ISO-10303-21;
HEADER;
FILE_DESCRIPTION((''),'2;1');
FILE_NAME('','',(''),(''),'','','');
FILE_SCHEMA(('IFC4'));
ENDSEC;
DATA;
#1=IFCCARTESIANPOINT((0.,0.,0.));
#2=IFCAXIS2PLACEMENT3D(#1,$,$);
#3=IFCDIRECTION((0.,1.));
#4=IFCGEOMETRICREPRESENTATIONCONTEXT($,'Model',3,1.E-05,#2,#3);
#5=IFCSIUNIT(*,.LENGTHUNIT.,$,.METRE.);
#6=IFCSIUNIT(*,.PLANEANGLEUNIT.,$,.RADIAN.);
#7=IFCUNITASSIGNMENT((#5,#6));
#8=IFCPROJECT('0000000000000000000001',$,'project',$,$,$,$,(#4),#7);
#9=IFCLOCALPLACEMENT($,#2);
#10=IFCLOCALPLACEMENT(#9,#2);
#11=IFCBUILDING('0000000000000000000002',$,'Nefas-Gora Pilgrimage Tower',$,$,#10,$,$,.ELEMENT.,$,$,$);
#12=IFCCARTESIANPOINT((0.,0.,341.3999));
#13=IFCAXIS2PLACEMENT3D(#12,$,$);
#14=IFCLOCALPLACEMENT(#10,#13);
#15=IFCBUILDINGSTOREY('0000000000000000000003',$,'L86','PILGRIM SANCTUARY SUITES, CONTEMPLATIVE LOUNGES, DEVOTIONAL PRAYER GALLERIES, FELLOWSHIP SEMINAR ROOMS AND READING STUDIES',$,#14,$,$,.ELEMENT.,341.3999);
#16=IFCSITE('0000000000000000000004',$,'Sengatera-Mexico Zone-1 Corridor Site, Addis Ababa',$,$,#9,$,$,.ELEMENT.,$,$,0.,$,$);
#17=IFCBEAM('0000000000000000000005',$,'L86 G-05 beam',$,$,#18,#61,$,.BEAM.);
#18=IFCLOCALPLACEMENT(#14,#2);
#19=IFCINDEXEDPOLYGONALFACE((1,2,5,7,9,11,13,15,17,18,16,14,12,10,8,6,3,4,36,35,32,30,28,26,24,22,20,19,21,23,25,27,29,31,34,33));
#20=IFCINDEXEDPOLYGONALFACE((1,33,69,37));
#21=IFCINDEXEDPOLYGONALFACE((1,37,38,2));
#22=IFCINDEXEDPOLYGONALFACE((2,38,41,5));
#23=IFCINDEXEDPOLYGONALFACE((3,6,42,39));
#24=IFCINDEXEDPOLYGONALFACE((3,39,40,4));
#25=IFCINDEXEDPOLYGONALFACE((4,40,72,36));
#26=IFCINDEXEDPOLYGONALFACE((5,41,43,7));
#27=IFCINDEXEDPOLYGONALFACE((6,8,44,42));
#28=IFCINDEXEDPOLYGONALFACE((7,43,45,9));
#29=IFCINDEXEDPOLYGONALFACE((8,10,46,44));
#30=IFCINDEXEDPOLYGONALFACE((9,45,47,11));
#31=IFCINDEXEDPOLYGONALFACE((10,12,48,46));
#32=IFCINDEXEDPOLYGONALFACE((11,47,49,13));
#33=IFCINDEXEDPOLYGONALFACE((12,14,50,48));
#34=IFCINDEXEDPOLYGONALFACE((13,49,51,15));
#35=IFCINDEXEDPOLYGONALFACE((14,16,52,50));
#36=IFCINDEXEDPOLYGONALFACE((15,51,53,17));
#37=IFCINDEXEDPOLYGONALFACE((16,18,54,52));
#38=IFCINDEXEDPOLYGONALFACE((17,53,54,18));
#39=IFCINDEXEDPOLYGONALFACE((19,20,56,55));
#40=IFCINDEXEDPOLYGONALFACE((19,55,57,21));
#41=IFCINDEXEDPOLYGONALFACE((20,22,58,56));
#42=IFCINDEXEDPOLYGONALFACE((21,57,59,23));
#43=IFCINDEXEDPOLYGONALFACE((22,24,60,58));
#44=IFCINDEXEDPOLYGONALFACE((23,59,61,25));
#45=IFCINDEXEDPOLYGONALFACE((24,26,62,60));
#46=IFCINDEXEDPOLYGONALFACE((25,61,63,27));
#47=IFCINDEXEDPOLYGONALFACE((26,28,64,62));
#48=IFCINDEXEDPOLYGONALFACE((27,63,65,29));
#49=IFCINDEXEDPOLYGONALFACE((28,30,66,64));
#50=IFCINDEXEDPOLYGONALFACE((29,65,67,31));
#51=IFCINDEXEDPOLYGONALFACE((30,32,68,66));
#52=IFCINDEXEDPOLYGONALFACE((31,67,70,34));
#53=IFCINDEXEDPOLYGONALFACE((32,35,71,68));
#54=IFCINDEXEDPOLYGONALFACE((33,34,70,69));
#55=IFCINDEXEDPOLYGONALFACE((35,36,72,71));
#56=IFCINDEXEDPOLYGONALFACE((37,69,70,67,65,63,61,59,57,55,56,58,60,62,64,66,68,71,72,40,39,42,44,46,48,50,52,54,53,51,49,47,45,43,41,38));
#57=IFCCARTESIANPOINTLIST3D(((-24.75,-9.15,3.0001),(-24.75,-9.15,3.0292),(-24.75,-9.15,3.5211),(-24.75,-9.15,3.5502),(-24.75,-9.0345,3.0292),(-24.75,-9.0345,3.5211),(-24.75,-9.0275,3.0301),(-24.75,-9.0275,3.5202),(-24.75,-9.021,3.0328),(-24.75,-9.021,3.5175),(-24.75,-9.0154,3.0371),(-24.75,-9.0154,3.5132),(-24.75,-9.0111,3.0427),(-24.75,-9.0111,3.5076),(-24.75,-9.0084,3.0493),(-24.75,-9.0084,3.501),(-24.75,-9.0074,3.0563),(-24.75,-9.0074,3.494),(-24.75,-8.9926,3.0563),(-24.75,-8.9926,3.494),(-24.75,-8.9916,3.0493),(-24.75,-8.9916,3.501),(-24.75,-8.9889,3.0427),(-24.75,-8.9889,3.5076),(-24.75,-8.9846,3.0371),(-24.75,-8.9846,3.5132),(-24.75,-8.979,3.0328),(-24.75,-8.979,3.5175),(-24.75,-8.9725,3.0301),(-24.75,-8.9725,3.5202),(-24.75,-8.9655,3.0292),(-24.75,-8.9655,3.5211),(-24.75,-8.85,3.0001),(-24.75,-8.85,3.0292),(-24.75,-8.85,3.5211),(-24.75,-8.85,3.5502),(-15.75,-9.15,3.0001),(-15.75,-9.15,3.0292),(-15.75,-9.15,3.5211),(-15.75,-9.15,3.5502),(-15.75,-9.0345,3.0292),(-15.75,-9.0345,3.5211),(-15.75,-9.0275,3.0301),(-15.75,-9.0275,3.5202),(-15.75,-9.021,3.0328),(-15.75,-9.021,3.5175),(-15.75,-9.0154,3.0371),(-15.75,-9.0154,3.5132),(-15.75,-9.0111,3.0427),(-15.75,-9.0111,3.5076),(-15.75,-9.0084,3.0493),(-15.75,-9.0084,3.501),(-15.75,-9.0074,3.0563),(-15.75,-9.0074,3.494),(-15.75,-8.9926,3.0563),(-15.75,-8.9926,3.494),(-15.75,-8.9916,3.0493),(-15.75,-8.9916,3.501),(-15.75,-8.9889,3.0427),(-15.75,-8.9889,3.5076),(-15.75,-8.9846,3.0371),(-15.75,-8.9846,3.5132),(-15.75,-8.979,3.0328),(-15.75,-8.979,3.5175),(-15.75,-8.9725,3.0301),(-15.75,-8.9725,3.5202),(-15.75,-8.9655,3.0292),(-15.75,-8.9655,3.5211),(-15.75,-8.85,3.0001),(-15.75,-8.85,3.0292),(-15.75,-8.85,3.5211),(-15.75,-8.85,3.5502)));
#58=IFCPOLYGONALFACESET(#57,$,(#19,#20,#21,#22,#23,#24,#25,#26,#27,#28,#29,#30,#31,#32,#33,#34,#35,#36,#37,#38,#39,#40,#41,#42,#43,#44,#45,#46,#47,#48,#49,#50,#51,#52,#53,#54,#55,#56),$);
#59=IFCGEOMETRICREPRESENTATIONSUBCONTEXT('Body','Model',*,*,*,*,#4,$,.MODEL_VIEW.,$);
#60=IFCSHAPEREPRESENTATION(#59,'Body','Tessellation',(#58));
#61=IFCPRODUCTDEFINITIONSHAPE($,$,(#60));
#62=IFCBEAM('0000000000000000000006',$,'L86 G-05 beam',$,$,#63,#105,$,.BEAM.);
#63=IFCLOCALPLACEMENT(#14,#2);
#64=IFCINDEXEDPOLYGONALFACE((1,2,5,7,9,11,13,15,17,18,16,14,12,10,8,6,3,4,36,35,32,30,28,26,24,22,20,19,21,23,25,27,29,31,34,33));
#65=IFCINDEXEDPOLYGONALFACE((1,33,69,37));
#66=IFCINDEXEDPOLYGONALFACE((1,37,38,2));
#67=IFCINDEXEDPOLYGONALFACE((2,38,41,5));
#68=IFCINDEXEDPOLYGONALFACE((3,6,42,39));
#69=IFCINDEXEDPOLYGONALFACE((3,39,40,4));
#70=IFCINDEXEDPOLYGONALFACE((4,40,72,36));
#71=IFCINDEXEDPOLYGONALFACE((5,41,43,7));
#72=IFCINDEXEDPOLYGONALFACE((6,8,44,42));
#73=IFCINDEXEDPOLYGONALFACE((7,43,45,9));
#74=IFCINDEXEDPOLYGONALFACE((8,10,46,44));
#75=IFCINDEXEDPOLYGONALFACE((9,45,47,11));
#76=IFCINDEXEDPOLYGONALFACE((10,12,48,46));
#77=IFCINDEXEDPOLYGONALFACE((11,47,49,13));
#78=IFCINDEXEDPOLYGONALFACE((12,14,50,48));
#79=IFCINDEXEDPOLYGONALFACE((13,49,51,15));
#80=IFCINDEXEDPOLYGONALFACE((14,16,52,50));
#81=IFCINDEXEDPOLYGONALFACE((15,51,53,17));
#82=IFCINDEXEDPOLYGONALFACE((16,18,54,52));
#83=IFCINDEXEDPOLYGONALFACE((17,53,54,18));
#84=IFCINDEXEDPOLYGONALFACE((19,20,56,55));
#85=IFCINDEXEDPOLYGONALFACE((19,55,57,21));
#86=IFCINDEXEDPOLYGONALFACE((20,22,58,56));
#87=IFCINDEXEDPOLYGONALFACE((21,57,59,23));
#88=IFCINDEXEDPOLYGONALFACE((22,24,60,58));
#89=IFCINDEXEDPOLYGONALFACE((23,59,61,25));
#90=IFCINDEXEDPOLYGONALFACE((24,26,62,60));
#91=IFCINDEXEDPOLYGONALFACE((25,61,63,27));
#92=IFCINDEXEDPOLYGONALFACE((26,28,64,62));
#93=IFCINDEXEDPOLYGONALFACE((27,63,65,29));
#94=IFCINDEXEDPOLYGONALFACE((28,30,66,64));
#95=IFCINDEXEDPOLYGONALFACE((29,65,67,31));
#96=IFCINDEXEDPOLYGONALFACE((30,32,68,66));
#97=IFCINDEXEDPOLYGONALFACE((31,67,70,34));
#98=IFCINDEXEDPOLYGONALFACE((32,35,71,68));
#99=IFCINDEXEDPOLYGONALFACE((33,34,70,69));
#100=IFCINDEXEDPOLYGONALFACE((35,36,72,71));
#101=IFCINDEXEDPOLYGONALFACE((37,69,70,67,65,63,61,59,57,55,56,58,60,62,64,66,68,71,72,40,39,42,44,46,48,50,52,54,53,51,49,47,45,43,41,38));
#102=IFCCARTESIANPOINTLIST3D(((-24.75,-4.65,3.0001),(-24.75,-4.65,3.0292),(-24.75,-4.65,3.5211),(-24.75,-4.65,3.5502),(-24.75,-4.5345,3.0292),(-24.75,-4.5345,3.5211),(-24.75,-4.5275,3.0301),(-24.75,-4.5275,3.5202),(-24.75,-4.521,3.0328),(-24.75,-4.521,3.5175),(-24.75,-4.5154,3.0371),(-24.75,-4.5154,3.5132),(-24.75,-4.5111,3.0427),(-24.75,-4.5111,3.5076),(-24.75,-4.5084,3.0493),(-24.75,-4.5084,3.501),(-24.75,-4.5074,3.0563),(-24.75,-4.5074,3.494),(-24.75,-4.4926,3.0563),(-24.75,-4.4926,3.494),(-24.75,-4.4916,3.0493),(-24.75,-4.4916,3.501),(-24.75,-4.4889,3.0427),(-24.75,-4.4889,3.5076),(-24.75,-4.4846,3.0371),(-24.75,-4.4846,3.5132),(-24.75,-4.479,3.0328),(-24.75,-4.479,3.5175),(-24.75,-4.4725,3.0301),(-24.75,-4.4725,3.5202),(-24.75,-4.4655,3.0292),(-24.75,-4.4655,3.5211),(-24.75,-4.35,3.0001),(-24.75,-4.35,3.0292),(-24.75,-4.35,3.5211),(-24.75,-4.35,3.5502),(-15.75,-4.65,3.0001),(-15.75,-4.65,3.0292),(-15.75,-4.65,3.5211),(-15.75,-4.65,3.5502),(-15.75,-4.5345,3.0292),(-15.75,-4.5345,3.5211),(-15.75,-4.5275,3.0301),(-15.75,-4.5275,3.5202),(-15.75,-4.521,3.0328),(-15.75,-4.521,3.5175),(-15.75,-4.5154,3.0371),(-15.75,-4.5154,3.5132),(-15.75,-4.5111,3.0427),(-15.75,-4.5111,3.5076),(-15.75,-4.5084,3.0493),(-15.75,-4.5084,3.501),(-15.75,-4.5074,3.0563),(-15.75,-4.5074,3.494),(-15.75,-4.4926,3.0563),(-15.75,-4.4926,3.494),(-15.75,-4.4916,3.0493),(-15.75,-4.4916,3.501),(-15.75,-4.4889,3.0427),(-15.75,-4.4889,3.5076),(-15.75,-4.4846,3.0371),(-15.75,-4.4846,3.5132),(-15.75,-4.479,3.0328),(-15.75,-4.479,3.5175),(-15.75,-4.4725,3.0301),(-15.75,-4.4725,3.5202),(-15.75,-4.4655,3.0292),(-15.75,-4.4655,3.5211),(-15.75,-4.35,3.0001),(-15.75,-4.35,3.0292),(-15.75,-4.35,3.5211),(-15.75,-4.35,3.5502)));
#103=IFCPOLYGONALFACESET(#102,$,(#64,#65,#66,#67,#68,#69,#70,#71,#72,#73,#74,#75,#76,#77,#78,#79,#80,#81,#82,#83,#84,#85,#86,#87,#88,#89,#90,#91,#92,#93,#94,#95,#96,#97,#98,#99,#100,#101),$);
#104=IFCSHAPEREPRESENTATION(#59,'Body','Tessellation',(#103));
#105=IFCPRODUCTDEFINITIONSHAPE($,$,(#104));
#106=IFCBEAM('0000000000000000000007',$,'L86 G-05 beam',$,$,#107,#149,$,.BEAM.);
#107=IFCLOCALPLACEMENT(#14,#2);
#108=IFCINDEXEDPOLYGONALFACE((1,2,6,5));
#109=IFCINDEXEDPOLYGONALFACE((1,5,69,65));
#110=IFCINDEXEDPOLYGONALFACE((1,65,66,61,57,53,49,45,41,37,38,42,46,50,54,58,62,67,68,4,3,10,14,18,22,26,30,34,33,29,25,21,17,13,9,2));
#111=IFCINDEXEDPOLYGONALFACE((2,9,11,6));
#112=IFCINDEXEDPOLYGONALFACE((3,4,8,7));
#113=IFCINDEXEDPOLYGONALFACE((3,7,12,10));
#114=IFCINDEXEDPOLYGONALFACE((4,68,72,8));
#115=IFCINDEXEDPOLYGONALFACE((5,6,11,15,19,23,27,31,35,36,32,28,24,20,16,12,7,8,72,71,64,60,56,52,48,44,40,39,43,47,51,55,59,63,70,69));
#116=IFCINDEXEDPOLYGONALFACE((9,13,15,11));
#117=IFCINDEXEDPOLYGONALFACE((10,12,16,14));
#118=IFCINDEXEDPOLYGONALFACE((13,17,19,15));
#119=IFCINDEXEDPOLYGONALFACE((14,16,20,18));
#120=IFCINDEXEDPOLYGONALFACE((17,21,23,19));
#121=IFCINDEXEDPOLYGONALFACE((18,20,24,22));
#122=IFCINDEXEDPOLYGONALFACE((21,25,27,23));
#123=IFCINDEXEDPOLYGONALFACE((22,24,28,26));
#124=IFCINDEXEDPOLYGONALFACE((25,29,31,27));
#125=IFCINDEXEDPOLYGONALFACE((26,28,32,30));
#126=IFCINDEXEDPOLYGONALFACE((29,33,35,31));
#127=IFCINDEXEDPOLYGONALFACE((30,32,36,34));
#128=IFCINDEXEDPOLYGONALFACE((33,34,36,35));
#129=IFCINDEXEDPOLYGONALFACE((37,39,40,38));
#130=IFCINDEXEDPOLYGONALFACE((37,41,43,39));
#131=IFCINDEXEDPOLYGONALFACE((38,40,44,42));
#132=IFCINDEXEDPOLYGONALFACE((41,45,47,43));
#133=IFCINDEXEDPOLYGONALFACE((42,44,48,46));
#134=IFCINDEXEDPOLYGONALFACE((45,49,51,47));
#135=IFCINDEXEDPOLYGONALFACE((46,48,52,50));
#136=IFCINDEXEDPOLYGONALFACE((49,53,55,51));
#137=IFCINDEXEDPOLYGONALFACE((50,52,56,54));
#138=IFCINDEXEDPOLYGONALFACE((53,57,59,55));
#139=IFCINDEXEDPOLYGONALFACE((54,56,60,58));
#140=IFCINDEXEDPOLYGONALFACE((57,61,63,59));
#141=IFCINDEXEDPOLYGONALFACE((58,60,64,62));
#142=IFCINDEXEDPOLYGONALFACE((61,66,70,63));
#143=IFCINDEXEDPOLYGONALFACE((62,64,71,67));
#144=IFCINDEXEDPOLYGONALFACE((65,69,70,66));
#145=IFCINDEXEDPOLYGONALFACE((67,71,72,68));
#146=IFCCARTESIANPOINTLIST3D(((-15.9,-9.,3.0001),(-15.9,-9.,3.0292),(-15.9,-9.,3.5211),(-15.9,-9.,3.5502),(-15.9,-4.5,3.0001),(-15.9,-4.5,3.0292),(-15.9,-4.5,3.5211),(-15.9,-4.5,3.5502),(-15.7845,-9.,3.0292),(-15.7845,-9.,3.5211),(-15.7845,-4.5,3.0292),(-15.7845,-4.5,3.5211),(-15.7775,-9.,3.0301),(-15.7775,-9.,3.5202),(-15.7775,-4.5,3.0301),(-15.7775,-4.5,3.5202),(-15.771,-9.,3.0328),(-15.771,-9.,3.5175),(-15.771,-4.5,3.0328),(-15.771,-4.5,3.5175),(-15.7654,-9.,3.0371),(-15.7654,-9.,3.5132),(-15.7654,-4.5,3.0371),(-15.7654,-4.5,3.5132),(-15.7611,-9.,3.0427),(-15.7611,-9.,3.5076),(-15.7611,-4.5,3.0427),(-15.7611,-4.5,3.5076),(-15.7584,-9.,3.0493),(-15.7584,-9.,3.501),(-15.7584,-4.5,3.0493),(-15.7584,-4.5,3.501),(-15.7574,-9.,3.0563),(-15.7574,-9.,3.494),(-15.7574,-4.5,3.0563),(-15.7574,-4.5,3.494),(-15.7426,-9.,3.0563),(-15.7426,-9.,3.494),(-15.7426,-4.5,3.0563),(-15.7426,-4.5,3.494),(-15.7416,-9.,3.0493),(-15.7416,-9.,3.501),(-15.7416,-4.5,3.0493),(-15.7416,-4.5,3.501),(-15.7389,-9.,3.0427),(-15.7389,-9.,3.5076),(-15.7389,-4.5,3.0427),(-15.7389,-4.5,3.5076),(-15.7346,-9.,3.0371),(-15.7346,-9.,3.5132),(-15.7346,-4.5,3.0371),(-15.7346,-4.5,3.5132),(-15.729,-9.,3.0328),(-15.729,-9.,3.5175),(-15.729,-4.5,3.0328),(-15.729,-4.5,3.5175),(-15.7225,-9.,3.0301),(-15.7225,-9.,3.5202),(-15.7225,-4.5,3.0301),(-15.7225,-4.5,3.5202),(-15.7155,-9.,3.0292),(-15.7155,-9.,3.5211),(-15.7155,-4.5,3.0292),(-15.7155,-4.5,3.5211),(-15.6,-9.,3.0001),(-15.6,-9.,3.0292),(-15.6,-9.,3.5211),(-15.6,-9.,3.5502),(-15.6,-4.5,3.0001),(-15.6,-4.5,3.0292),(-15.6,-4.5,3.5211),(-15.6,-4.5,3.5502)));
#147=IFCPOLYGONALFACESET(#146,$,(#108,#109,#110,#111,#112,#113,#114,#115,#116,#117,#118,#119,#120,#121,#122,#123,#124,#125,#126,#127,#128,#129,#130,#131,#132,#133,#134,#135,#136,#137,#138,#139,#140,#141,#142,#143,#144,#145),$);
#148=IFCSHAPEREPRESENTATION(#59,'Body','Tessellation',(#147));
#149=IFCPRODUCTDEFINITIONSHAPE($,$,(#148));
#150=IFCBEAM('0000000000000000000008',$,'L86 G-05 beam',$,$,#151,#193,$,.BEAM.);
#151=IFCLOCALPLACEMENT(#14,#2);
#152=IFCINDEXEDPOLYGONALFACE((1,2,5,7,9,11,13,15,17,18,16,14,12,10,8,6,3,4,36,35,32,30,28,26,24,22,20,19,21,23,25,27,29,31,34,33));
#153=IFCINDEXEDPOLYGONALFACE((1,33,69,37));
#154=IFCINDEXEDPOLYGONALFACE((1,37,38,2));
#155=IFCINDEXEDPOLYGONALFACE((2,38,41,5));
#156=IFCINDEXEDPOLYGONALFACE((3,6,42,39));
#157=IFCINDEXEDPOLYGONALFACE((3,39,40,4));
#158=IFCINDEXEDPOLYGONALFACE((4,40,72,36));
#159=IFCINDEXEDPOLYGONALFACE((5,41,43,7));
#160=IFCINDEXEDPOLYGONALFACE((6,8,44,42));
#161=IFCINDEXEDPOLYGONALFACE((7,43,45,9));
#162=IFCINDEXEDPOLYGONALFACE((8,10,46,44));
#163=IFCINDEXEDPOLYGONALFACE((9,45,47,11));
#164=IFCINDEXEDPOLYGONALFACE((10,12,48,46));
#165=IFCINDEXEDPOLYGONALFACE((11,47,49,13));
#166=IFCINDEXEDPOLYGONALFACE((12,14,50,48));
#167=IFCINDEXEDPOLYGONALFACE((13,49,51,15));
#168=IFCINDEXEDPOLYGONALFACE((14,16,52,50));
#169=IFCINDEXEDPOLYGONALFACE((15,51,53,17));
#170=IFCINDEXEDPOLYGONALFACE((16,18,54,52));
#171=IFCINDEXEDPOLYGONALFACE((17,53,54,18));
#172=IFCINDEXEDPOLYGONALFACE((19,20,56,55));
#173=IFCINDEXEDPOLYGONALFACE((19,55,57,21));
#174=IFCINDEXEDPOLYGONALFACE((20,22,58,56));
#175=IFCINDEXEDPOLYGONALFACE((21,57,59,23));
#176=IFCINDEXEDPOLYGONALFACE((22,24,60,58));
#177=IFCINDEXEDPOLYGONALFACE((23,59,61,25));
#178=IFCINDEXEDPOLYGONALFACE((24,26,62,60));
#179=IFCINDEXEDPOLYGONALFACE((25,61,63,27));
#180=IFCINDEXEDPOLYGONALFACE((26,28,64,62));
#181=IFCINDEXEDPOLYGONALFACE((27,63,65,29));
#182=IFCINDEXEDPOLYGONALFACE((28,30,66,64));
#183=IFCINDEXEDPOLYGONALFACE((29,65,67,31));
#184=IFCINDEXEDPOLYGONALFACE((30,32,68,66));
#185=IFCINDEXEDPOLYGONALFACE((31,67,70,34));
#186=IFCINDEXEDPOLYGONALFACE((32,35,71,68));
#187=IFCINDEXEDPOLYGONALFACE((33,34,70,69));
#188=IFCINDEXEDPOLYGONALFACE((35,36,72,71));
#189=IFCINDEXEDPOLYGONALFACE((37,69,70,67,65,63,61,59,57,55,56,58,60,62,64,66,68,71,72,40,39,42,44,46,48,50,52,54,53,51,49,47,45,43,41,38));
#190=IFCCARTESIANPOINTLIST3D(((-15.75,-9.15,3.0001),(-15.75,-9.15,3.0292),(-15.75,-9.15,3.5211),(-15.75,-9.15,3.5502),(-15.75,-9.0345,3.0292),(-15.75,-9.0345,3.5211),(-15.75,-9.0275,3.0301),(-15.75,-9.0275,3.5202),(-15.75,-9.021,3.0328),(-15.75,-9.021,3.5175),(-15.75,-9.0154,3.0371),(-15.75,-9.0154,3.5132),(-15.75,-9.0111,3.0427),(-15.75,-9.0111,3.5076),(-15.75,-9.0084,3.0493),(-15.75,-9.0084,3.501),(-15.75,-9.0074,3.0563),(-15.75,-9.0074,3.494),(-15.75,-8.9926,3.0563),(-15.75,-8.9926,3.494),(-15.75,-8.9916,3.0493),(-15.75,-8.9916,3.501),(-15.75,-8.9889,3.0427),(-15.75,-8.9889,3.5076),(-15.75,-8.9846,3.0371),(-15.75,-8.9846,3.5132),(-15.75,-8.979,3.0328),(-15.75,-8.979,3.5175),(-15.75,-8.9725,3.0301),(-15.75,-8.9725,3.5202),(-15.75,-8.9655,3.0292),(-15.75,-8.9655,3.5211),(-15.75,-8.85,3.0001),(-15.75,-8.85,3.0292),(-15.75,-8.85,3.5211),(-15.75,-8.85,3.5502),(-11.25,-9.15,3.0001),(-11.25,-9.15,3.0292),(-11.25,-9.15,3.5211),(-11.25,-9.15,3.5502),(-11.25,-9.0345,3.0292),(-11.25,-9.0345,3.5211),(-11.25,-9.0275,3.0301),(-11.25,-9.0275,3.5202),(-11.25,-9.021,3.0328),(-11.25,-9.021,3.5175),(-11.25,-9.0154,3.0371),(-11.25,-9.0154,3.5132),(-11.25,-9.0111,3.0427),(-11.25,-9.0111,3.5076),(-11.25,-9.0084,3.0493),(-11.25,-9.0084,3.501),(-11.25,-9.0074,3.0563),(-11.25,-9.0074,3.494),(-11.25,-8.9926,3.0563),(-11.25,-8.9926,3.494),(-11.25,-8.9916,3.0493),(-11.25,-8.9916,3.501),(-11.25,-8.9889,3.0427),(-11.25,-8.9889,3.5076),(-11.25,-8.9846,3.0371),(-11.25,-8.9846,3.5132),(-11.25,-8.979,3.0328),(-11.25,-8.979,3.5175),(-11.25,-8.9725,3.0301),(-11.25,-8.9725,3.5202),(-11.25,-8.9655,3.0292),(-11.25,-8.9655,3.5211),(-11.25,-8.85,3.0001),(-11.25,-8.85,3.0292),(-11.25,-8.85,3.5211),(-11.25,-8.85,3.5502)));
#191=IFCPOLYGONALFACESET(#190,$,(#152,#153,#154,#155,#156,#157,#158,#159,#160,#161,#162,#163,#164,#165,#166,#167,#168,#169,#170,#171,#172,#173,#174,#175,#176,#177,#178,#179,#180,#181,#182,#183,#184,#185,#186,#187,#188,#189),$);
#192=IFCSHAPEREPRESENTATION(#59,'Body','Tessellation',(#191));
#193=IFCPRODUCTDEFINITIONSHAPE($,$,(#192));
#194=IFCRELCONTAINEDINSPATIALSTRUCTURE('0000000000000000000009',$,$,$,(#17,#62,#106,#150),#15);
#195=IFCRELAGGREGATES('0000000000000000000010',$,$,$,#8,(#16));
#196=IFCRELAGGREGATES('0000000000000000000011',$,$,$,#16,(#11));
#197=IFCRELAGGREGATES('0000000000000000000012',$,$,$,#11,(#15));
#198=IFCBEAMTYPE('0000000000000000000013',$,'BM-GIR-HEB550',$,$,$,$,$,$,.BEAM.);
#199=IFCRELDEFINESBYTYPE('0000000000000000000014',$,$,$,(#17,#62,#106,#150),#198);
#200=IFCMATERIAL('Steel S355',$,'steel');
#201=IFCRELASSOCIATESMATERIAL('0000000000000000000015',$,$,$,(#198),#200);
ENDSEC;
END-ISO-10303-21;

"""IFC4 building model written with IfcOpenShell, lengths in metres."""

from ifc_helpers import new_model, si_unit, direction, frame, origin, origin_2d, place, context, subcontext, project, spatial, i_section, extrude, source, transform, mapped, material, material_profile, profile_set, type_object, element, save


model = new_model("IFC4")

# Units and contexts
model_context = context("Model", 3, precision=1e-05, world=origin(), true_north=direction((0.0, 1.0)))
body_context = subcontext(model_context, "Body", "Model", "MODEL_VIEW")
ifc_project = project(units=[si_unit("LENGTHUNIT", "METRE"), si_unit("PLANEANGLEUNIT", "RADIAN")], contexts=[model_context])

# Site, building, storey
site_placement = place(None, origin())
site = spatial("IfcSite", under=ifc_project, at=site_placement, Name="Sengatera-Mexico Zone-1 Corridor Site, Addis Ababa", CompositionType="ELEMENT", RefElevation=0.0)
building_placement = place(site_placement, origin())
building = spatial("IfcBuilding", under=site, at=building_placement, Name="Nefas-Gora Pilgrimage Tower", CompositionType="ELEMENT")
storey_placement = place(building_placement, frame((0.0, 0.0, 341.3999)))
storey = spatial("IfcBuildingStorey", under=building, at=storey_placement, Name="L86", Description="PILGRIM SANCTUARY SUITES, CONTEMPLATIVE LOUNGES, DEVOTIONAL PRAYER GALLERIES, FELLOWSHIP SEMINAR ROOMS AND READING STUDIES", CompositionType="ELEMENT", Elevation=341.3999)

# Shared definitions
ifc_material_1 = material(Name="Steel S355", Category="steel")

# Beams
ifc_material_profile_1 = material_profile(ifc_material_1, i_section(OverallWidth=0.3, OverallDepth=0.55, WebThickness=0.0149, FlangeThickness=0.0291, FilletRadius=0.0271, at=origin_2d()), Name="HEB 550")
ifc_profile_set_1 = profile_set([ifc_material_profile_1], Name="Steel S355")
beam_type_1 = type_object("IfcBeamType", Name="BM-GIR-HEB550", PredefinedType="BEAM", material=ifc_profile_set_1)
shared_shape_1 = source(origin(), body_context, "Body", "SweptSolid", [
    extrude(i_section(OverallWidth=0.3, OverallDepth=0.55, WebThickness=0.0149, FlangeThickness=0.0291, FilletRadius=0.0271, at=origin_2d()), origin(), (0.0, 0.0, 1.0), 9.0),
])
for number, where, z_axis, x_axis, name in (
    (1, (-24.75, -9.0, 3.2751), (1.0, 0.0, 0.0), (0.0, 1.0, 0.0), "L86 G-05 beam"),
    (2, (-24.75, -4.5, 3.2751), (1.0, 0.0, 0.0), (0.0, 1.0, 0.0), "L86 G-05 beam"),
):
    element("IfcBeam", number, at=place(storey_placement, frame(where, z_axis=z_axis, x_axis=x_axis)), inside=storey, type_object=beam_type_1, Name=name, PredefinedType="BEAM", context=body_context, shape_type="MappedRepresentation", body=[
        mapped(shared_shape_1, transform((0.0, 0.0, 0.0), x_axis=(1.0, 0.0, 0.0), y_axis=(0.0, 1.0, 0.0), z_axis=(0.0, 0.0, 1.0), scale=1.0)),
    ])
shared_shape_2 = source(origin(), body_context, "Body", "SweptSolid", [
    extrude(i_section(OverallWidth=0.3, OverallDepth=0.55, WebThickness=0.0149, FlangeThickness=0.0291, FilletRadius=0.0271, at=origin_2d()), origin(), (0.0, 0.0, 1.0), 4.5),
])
for number, where, z_axis, x_axis, name in (
    (3, (-15.75, -9.0, 3.2751), (0.0, 1.0, 0.0), (-1.0, 0.0, 0.0), "L86 G-05 beam"),
    (4, (-15.75, -9.0, 3.2751), (1.0, 0.0, 0.0), (0.0, 1.0, 0.0), "L86 G-05 beam"),
):
    element("IfcBeam", number, at=place(storey_placement, frame(where, z_axis=z_axis, x_axis=x_axis)), inside=storey, type_object=beam_type_1, Name=name, PredefinedType="BEAM", context=body_context, shape_type="MappedRepresentation", body=[
        mapped(shared_shape_2, transform((0.0, 0.0, 0.0), x_axis=(1.0, 0.0, 0.0), y_axis=(0.0, 1.0, 0.0), z_axis=(0.0, 0.0, 1.0), scale=1.0)),
    ])

save(model, "model.ifc")
